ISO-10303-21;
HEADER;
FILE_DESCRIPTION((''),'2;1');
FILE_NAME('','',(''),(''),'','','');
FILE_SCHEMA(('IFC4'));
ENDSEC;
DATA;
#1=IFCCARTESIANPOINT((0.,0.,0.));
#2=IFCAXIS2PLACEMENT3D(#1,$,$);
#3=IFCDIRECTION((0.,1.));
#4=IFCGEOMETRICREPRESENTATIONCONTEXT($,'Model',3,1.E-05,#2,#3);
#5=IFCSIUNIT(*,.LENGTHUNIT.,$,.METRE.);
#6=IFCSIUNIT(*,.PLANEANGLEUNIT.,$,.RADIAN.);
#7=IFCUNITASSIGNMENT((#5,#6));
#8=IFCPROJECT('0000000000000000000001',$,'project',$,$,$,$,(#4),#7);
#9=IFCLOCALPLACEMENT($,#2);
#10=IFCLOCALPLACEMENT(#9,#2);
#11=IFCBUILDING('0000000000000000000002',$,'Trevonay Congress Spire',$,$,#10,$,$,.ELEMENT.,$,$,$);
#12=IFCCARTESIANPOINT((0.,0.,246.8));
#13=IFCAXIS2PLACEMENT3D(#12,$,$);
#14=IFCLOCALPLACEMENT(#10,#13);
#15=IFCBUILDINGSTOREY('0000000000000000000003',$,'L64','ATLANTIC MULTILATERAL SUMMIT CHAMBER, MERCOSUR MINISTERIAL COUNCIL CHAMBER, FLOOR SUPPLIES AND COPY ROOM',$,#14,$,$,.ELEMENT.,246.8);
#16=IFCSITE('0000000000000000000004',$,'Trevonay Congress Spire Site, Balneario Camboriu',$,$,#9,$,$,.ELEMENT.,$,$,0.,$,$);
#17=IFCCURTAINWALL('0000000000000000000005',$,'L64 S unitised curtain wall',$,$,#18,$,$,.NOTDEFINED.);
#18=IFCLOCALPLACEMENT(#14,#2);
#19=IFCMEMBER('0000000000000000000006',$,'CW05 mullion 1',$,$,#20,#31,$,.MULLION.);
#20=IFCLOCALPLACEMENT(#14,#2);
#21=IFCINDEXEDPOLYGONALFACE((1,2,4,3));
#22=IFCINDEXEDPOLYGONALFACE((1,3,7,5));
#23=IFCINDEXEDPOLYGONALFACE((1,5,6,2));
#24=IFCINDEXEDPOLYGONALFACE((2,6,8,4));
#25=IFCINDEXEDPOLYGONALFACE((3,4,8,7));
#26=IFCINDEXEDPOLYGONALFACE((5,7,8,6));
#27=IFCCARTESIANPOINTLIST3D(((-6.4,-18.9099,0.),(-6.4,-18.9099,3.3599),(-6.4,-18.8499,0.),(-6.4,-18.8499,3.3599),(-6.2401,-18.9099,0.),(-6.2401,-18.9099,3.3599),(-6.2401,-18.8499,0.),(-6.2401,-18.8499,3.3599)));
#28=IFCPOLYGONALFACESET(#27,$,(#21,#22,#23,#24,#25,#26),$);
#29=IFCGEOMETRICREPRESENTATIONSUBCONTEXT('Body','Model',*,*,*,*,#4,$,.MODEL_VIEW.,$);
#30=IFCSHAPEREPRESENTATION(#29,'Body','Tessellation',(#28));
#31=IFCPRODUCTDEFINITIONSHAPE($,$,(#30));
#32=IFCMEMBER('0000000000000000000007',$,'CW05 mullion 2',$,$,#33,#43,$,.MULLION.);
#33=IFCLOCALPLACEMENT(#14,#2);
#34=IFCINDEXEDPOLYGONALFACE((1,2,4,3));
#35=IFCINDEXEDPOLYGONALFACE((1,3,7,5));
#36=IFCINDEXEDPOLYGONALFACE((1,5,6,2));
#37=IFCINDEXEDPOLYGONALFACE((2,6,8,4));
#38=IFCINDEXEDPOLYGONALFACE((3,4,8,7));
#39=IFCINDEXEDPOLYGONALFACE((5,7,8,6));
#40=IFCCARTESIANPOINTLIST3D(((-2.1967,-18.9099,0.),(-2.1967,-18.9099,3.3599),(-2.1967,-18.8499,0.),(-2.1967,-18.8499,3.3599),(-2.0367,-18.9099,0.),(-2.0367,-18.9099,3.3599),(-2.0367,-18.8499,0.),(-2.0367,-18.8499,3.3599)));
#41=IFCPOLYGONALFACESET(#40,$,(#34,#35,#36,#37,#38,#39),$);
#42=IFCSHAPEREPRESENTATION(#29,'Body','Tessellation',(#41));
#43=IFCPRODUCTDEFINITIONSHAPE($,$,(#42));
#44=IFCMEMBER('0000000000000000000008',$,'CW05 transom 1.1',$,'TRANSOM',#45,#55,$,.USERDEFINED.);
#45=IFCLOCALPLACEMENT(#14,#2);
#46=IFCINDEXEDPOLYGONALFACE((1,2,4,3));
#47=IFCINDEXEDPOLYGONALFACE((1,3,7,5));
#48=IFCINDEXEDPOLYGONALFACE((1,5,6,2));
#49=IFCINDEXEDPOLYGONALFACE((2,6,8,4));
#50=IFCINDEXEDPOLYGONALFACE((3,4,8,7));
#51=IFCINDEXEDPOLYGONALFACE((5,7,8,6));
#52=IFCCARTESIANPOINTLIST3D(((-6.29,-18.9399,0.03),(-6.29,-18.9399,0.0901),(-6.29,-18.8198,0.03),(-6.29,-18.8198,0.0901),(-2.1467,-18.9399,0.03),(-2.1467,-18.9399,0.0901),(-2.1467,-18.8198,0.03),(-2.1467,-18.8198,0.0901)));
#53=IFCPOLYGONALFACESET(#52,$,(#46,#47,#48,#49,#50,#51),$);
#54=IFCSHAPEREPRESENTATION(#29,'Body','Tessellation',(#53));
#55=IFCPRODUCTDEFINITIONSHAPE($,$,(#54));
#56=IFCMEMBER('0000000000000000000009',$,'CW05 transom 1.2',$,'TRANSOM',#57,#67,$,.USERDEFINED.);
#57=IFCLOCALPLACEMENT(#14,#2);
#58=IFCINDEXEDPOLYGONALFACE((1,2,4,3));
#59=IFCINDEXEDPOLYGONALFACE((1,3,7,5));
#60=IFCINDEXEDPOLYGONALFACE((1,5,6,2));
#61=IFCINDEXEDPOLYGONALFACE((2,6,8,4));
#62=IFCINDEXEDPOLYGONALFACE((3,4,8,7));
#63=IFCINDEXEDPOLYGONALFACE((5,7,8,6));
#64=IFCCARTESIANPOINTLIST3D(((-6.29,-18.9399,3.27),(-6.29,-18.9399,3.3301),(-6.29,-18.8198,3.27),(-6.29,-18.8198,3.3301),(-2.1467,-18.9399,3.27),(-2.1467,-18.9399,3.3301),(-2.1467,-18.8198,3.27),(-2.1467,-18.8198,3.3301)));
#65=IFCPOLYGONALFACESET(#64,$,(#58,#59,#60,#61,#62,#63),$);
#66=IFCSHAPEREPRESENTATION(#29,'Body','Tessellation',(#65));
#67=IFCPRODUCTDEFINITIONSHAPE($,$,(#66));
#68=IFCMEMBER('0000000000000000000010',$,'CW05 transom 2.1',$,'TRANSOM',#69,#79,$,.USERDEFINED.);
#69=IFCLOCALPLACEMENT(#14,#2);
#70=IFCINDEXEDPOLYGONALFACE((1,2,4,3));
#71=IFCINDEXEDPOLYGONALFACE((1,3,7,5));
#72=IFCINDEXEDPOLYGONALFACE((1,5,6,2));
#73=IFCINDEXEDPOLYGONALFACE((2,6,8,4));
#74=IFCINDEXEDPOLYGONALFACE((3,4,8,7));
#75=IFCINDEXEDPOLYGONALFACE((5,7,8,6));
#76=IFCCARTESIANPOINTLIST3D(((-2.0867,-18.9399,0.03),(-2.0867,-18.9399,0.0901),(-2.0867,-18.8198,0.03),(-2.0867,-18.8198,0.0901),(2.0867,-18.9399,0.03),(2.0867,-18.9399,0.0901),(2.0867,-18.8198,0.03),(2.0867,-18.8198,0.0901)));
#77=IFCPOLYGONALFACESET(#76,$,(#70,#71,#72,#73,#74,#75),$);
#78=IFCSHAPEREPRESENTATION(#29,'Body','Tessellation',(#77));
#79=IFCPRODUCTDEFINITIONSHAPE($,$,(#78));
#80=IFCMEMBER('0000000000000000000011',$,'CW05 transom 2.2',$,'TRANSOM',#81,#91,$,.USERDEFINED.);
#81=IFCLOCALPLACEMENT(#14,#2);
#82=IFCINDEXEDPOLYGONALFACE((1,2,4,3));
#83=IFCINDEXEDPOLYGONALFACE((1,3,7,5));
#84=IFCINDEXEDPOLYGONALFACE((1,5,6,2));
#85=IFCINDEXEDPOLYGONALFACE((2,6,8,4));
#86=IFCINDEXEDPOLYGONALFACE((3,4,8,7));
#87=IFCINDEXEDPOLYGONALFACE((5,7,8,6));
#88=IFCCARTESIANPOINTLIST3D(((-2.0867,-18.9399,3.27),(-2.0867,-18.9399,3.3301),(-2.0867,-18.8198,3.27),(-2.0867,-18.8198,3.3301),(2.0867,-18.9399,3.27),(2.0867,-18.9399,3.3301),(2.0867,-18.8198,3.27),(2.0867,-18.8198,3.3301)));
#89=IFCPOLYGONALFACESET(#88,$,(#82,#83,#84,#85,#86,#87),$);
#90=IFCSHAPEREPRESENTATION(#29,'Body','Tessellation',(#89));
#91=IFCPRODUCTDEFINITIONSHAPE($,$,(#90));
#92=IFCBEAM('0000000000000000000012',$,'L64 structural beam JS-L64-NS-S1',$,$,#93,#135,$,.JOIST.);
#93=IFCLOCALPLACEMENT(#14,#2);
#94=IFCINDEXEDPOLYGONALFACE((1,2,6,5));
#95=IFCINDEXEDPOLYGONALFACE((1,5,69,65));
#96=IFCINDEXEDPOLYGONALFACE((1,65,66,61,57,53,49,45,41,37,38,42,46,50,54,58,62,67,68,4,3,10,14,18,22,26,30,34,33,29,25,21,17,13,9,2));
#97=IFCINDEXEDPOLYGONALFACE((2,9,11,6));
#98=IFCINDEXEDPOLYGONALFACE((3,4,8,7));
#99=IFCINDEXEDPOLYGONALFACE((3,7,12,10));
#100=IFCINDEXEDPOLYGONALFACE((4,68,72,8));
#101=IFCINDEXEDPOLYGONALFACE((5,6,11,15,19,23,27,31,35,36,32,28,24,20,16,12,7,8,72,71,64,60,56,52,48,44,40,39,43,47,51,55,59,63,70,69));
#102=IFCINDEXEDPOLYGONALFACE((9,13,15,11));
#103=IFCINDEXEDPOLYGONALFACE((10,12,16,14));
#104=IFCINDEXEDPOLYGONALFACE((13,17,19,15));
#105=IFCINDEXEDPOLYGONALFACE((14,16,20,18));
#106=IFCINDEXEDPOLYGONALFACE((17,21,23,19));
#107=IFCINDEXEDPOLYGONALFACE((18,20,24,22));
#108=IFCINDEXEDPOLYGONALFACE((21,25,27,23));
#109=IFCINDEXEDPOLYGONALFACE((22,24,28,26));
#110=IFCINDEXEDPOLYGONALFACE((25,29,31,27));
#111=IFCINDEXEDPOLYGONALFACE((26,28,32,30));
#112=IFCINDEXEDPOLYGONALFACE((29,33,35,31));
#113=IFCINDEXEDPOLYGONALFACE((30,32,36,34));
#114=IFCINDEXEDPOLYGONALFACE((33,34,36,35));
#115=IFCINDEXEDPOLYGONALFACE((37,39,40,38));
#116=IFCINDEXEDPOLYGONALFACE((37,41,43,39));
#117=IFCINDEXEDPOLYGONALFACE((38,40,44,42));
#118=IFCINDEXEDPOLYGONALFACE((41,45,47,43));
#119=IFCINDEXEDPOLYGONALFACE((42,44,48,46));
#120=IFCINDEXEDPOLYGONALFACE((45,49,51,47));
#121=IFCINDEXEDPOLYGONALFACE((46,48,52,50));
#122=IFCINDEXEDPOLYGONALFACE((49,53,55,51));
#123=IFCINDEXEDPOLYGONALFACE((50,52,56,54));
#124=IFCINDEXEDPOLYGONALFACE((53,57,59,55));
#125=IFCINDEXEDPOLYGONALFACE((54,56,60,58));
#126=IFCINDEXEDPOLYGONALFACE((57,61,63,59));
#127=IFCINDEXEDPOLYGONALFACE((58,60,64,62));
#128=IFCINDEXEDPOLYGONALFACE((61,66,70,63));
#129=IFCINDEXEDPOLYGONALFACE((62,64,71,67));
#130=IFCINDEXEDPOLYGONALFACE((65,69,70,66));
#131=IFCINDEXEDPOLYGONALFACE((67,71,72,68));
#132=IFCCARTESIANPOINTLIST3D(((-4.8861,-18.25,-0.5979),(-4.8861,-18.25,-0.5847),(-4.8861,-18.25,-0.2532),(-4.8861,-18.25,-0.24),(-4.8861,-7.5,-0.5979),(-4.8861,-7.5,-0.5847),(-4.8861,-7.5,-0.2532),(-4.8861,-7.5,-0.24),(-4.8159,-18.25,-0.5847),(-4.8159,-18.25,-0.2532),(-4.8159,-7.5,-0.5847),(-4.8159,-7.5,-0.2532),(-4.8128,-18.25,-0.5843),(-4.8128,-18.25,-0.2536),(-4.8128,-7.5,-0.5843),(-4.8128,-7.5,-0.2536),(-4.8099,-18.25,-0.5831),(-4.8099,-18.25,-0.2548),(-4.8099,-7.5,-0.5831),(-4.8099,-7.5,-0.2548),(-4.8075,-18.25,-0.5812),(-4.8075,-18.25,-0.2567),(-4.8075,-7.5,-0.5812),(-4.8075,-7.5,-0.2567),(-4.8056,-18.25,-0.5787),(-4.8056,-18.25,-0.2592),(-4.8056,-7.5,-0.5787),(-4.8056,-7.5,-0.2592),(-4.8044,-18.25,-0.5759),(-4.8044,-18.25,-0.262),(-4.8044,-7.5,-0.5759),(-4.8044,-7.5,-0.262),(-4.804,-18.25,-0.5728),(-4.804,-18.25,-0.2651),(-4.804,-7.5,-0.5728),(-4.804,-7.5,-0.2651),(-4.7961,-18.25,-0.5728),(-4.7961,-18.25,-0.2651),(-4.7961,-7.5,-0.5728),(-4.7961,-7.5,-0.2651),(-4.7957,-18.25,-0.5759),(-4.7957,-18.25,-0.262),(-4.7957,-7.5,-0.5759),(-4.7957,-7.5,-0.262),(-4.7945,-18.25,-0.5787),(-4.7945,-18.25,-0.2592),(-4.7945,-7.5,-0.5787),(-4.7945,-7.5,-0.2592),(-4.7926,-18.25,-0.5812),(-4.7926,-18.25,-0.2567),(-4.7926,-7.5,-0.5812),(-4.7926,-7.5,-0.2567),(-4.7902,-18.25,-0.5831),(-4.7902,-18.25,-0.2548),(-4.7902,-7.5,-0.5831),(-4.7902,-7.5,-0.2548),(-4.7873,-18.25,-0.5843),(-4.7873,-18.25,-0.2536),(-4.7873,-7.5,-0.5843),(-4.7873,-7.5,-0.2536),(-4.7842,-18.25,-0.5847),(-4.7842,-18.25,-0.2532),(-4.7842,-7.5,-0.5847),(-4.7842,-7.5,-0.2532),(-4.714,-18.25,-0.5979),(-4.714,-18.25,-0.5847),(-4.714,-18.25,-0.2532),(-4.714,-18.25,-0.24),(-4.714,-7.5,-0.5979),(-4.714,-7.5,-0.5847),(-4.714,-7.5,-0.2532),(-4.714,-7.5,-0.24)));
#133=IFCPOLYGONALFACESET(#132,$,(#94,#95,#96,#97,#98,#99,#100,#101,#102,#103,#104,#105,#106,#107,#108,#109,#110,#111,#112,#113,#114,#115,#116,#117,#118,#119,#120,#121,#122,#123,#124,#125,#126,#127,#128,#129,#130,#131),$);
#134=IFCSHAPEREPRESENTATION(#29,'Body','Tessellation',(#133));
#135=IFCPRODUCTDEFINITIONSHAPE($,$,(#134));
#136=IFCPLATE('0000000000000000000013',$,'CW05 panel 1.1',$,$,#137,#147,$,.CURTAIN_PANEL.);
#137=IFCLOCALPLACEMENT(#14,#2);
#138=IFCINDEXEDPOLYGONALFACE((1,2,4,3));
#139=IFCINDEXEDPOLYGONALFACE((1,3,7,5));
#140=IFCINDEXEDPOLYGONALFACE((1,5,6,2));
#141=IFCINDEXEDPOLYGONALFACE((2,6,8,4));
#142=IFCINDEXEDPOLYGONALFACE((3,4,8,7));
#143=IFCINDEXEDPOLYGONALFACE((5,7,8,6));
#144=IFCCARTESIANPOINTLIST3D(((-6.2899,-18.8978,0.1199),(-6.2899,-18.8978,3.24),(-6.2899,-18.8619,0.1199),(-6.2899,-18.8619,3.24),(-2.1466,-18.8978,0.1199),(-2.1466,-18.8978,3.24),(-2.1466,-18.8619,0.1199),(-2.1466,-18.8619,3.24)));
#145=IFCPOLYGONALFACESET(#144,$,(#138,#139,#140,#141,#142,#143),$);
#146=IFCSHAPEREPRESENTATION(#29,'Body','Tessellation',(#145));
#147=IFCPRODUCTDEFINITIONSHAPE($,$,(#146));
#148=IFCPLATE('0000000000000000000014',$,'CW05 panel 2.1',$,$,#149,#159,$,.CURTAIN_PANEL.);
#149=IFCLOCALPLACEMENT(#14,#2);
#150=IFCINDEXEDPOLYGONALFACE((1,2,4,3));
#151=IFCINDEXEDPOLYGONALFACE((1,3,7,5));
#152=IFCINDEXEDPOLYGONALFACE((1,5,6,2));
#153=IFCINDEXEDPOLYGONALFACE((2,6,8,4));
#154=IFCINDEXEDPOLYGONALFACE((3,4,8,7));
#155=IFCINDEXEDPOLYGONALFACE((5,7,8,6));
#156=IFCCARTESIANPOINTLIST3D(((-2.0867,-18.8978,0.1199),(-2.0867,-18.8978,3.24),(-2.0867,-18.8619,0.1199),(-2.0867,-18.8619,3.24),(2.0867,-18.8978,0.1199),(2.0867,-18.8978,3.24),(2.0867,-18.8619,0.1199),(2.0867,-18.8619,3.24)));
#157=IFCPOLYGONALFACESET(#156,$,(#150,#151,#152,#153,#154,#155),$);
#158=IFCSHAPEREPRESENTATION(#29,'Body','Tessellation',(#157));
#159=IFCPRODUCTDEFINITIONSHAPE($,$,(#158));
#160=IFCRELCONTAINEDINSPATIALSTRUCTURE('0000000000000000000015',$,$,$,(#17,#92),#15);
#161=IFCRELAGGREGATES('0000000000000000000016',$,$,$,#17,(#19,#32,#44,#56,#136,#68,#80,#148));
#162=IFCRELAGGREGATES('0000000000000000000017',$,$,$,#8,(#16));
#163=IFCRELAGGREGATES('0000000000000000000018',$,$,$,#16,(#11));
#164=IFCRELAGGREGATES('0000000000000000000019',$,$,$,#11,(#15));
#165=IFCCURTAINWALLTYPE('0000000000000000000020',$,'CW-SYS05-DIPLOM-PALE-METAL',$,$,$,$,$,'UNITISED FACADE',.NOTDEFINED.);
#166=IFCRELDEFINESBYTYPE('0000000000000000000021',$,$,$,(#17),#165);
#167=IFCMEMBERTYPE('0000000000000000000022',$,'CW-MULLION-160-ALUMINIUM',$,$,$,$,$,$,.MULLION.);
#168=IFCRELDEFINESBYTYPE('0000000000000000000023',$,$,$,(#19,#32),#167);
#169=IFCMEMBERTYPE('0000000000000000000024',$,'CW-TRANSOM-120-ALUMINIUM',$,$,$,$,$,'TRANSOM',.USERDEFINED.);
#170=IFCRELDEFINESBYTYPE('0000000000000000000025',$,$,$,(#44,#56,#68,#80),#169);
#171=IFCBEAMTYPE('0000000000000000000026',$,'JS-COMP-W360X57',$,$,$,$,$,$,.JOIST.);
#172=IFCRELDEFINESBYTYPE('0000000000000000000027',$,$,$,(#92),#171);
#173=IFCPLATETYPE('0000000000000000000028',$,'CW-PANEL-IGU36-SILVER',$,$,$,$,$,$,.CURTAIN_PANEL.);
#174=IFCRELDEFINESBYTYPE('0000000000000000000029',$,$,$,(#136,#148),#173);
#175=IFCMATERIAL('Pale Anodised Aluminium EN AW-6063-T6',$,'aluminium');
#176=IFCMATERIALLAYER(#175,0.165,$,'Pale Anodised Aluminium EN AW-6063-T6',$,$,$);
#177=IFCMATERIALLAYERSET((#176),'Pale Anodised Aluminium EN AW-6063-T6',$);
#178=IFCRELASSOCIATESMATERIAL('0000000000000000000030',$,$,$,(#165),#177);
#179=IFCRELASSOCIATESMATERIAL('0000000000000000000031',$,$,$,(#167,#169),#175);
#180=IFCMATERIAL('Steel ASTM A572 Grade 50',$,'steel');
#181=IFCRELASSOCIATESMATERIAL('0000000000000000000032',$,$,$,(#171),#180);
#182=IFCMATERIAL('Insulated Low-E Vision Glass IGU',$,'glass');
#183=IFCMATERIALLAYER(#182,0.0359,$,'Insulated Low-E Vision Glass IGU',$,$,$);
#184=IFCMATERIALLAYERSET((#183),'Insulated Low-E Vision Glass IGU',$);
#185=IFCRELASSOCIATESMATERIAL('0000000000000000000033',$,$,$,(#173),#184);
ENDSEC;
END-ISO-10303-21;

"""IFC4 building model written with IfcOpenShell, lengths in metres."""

from ifc_helpers import new_model, si_unit, direction, frame, origin, origin_2d, place, context, subcontext, project, spatial, rectangle, i_section, extrude, material, layer, layer_set, material_profile, profile_set, type_object, element, aggregate, save


model = new_model("IFC4")

# Units and contexts
model_context = context("Model", 3, precision=1e-05, world=origin(), true_north=direction((0.0, 1.0)))
body_context = subcontext(model_context, "Body", "Model", "MODEL_VIEW")
ifc_project = project(units=[si_unit("LENGTHUNIT", "METRE"), si_unit("PLANEANGLEUNIT", "RADIAN")], contexts=[model_context])

# Site, building, storey
site_placement = place(None, origin())
site = spatial("IfcSite", under=ifc_project, at=site_placement, Name="Trevonay Congress Spire Site, Balneario Camboriu", CompositionType="ELEMENT", RefElevation=0.0)
building_placement = place(site_placement, origin())
building = spatial("IfcBuilding", under=site, at=building_placement, Name="Trevonay Congress Spire", CompositionType="ELEMENT")
storey_placement = place(building_placement, frame((0.0, 0.0, 246.8)))
storey = spatial("IfcBuildingStorey", under=building, at=storey_placement, Name="L64", Description="ATLANTIC MULTILATERAL SUMMIT CHAMBER, MERCOSUR MINISTERIAL COUNCIL CHAMBER, FLOOR SUPPLIES AND COPY ROOM", CompositionType="ELEMENT", Elevation=246.8)

# Shared definitions
ifc_material_1 = material(Name="Steel ASTM A572 Grade 50", Category="steel")

# Curtain wall, members
ifc_material_2 = material(Name="Pale Anodised Aluminium EN AW-6063-T6", Category="aluminium")
ifc_layer_1 = layer(ifc_material_2, 0.165, Name="Pale Anodised Aluminium EN AW-6063-T6")
ifc_layer_set_1 = layer_set([ifc_layer_1], Name="Pale Anodised Aluminium EN AW-6063-T6")
curtain_wall_type = type_object("IfcCurtainWallType", Name="CW-SYS05-DIPLOM-PALE-METAL", ElementType="UNITISED FACADE", PredefinedType="NOTDEFINED", material=ifc_layer_set_1)
curtain_wall_placement = place(storey_placement, origin())
curtain_wall = element("IfcCurtainWall", 1, at=curtain_wall_placement, inside=storey, type_object=curtain_wall_type, Name="L64 S unitised curtain wall", PredefinedType="NOTDEFINED")
ifc_material_profile_1 = material_profile(ifc_material_2, rectangle(XDim=0.0601, YDim=0.1599, at=origin_2d()), Name="CW-MULLION-160-ALUMINIUM")
ifc_profile_set_1 = profile_set([ifc_material_profile_1], Name="Pale Anodised Aluminium EN AW-6063-T6")
member_type_1 = type_object("IfcMemberType", Name="CW-MULLION-160-ALUMINIUM", PredefinedType="MULLION", material=ifc_profile_set_1)
member_1_placement = place(storey_placement, frame((-6.3201, -18.8799, 0.0), z_axis=(0.0, 0.0, 1.0), x_axis=(0.0, 1.0, 0.0)))
member_1 = element("IfcMember", 2, at=member_1_placement, type_object=member_type_1, Name="CW05 mullion 1", PredefinedType="MULLION", context=body_context, shape_type="SweptSolid", body=[
    extrude(rectangle(XDim=0.0601, YDim=0.1599, at=origin_2d()), origin(), (0.0, 0.0, 1.0), 3.3599),
])
member_2_placement = place(storey_placement, frame((-2.1167, -18.8799, 0.0), z_axis=(0.0, 0.0, 1.0), x_axis=(0.0, 1.0, 0.0)))
member_2 = element("IfcMember", 3, at=member_2_placement, type_object=member_type_1, Name="CW05 mullion 2", PredefinedType="MULLION", context=body_context, shape_type="SweptSolid", body=[
    extrude(rectangle(XDim=0.0601, YDim=0.1599, at=origin_2d()), origin(), (0.0, 0.0, 1.0), 3.3599),
])
ifc_material_profile_2 = material_profile(ifc_material_2, rectangle(XDim=0.1201, YDim=0.0601, at=origin_2d()), Name="CW-TRANSOM-120-ALUMINIUM")
ifc_profile_set_2 = profile_set([ifc_material_profile_2], Name="Pale Anodised Aluminium EN AW-6063-T6")
member_type_2 = type_object("IfcMemberType", Name="CW-TRANSOM-120-ALUMINIUM", ElementType="TRANSOM", PredefinedType="USERDEFINED", material=ifc_profile_set_2)
member_3_placement = place(storey_placement, frame((-6.29, -18.8799, 0.0601), z_axis=(1.0, 0.0, 0.0), x_axis=(0.0, 1.0, 0.0)))
member_3 = element("IfcMember", 4, at=member_3_placement, type_object=member_type_2, Name="CW05 transom 1.1", ObjectType="TRANSOM", PredefinedType="USERDEFINED", context=body_context, shape_type="SweptSolid", body=[
    extrude(rectangle(XDim=0.1201, YDim=0.0601, at=origin_2d()), origin(), (0.0, 0.0, 1.0), 4.1433),
])
member_4_placement = place(storey_placement, frame((-6.29, -18.8799, 3.3), z_axis=(1.0, 0.0, 0.0), x_axis=(0.0, 1.0, 0.0)))
member_4 = element("IfcMember", 5, at=member_4_placement, type_object=member_type_2, Name="CW05 transom 1.2", ObjectType="TRANSOM", PredefinedType="USERDEFINED", context=body_context, shape_type="SweptSolid", body=[
    extrude(rectangle(XDim=0.1201, YDim=0.0601, at=origin_2d()), origin(), (0.0, 0.0, 1.0), 4.1433),
])
member_5_placement = place(storey_placement, frame((-2.0867, -18.8799, 0.0601), z_axis=(1.0, 0.0, 0.0), x_axis=(0.0, 1.0, 0.0)))
member_5 = element("IfcMember", 6, at=member_5_placement, type_object=member_type_2, Name="CW05 transom 2.1", ObjectType="TRANSOM", PredefinedType="USERDEFINED", context=body_context, shape_type="SweptSolid", body=[
    extrude(rectangle(XDim=0.1201, YDim=0.0601, at=origin_2d()), origin(), (0.0, 0.0, 1.0), 4.1733),
])
member_6_placement = place(storey_placement, frame((-2.0867, -18.8799, 3.3), z_axis=(1.0, 0.0, 0.0), x_axis=(0.0, 1.0, 0.0)))
member_6 = element("IfcMember", 7, at=member_6_placement, type_object=member_type_2, Name="CW05 transom 2.2", ObjectType="TRANSOM", PredefinedType="USERDEFINED", context=body_context, shape_type="SweptSolid", body=[
    extrude(rectangle(XDim=0.1201, YDim=0.0601, at=origin_2d()), origin(), (0.0, 0.0, 1.0), 4.1733),
])

# Beam
ifc_material_profile_3 = material_profile(ifc_material_1, i_section(OverallWidth=0.1721, OverallDepth=0.3579, WebThickness=0.0078, FlangeThickness=0.0132, FilletRadius=0.012, at=origin_2d()), Name="W360x57.8")
ifc_profile_set_3 = profile_set([ifc_material_profile_3], Name="Steel ASTM A572 Grade 50")
beam_type_1 = type_object("IfcBeamType", Name="JS-COMP-W360X57", PredefinedType="JOIST", material=ifc_profile_set_3)
beam_1_placement = place(storey_placement, frame((-4.8, -18.25, -0.4189), z_axis=(0.0, 1.0, 0.0), x_axis=(-1.0, 0.0, 0.0)))
element("IfcBeam", 8, at=beam_1_placement, inside=storey, type_object=beam_type_1, Name="L64 structural beam JS-L64-NS-S1", PredefinedType="JOIST", context=body_context, shape_type="SweptSolid", body=[
    extrude(i_section(OverallWidth=0.1721, OverallDepth=0.3579, WebThickness=0.0078, FlangeThickness=0.0132, FilletRadius=0.012, at=origin_2d()), origin(), (0.0, 0.0, 1.0), 10.75),
])

# Plates
ifc_material_3 = material(Name="Insulated Low-E Vision Glass IGU", Category="glass")
ifc_layer_2 = layer(ifc_material_3, 0.0359, Name="Insulated Low-E Vision Glass IGU")
ifc_layer_set_2 = layer_set([ifc_layer_2], Name="Insulated Low-E Vision Glass IGU")
plate_type = type_object("IfcPlateType", Name="CW-PANEL-IGU36-SILVER", PredefinedType="CURTAIN_PANEL", material=ifc_layer_set_2)
plate_1_placement = place(storey_placement, frame((-4.2183, -18.8799, 0.1199), z_axis=(0.0, 0.0, 1.0), x_axis=(1.0, 0.0, 0.0)))
plate_1 = element("IfcPlate", 9, at=plate_1_placement, type_object=plate_type, Name="CW05 panel 1.1", PredefinedType="CURTAIN_PANEL", context=body_context, shape_type="SweptSolid", body=[
    extrude(rectangle(XDim=4.1433, YDim=0.0359, at=origin_2d()), origin(), (0.0, 0.0, 1.0), 3.1201),
])
plate_2_placement = place(storey_placement, frame((0.0, -18.8799, 0.1199), z_axis=(0.0, 0.0, 1.0), x_axis=(1.0, 0.0, 0.0)))
plate_2 = element("IfcPlate", 10, at=plate_2_placement, type_object=plate_type, Name="CW05 panel 2.1", PredefinedType="CURTAIN_PANEL", context=body_context, shape_type="SweptSolid", body=[
    extrude(rectangle(XDim=4.1733, YDim=0.0359, at=origin_2d()), origin(), (0.0, 0.0, 1.0), 3.1201),
])
aggregate(curtain_wall, [member_1, member_2, member_3, member_4, plate_1, member_5, member_6, plate_2])

save(model, "model.ifc")
